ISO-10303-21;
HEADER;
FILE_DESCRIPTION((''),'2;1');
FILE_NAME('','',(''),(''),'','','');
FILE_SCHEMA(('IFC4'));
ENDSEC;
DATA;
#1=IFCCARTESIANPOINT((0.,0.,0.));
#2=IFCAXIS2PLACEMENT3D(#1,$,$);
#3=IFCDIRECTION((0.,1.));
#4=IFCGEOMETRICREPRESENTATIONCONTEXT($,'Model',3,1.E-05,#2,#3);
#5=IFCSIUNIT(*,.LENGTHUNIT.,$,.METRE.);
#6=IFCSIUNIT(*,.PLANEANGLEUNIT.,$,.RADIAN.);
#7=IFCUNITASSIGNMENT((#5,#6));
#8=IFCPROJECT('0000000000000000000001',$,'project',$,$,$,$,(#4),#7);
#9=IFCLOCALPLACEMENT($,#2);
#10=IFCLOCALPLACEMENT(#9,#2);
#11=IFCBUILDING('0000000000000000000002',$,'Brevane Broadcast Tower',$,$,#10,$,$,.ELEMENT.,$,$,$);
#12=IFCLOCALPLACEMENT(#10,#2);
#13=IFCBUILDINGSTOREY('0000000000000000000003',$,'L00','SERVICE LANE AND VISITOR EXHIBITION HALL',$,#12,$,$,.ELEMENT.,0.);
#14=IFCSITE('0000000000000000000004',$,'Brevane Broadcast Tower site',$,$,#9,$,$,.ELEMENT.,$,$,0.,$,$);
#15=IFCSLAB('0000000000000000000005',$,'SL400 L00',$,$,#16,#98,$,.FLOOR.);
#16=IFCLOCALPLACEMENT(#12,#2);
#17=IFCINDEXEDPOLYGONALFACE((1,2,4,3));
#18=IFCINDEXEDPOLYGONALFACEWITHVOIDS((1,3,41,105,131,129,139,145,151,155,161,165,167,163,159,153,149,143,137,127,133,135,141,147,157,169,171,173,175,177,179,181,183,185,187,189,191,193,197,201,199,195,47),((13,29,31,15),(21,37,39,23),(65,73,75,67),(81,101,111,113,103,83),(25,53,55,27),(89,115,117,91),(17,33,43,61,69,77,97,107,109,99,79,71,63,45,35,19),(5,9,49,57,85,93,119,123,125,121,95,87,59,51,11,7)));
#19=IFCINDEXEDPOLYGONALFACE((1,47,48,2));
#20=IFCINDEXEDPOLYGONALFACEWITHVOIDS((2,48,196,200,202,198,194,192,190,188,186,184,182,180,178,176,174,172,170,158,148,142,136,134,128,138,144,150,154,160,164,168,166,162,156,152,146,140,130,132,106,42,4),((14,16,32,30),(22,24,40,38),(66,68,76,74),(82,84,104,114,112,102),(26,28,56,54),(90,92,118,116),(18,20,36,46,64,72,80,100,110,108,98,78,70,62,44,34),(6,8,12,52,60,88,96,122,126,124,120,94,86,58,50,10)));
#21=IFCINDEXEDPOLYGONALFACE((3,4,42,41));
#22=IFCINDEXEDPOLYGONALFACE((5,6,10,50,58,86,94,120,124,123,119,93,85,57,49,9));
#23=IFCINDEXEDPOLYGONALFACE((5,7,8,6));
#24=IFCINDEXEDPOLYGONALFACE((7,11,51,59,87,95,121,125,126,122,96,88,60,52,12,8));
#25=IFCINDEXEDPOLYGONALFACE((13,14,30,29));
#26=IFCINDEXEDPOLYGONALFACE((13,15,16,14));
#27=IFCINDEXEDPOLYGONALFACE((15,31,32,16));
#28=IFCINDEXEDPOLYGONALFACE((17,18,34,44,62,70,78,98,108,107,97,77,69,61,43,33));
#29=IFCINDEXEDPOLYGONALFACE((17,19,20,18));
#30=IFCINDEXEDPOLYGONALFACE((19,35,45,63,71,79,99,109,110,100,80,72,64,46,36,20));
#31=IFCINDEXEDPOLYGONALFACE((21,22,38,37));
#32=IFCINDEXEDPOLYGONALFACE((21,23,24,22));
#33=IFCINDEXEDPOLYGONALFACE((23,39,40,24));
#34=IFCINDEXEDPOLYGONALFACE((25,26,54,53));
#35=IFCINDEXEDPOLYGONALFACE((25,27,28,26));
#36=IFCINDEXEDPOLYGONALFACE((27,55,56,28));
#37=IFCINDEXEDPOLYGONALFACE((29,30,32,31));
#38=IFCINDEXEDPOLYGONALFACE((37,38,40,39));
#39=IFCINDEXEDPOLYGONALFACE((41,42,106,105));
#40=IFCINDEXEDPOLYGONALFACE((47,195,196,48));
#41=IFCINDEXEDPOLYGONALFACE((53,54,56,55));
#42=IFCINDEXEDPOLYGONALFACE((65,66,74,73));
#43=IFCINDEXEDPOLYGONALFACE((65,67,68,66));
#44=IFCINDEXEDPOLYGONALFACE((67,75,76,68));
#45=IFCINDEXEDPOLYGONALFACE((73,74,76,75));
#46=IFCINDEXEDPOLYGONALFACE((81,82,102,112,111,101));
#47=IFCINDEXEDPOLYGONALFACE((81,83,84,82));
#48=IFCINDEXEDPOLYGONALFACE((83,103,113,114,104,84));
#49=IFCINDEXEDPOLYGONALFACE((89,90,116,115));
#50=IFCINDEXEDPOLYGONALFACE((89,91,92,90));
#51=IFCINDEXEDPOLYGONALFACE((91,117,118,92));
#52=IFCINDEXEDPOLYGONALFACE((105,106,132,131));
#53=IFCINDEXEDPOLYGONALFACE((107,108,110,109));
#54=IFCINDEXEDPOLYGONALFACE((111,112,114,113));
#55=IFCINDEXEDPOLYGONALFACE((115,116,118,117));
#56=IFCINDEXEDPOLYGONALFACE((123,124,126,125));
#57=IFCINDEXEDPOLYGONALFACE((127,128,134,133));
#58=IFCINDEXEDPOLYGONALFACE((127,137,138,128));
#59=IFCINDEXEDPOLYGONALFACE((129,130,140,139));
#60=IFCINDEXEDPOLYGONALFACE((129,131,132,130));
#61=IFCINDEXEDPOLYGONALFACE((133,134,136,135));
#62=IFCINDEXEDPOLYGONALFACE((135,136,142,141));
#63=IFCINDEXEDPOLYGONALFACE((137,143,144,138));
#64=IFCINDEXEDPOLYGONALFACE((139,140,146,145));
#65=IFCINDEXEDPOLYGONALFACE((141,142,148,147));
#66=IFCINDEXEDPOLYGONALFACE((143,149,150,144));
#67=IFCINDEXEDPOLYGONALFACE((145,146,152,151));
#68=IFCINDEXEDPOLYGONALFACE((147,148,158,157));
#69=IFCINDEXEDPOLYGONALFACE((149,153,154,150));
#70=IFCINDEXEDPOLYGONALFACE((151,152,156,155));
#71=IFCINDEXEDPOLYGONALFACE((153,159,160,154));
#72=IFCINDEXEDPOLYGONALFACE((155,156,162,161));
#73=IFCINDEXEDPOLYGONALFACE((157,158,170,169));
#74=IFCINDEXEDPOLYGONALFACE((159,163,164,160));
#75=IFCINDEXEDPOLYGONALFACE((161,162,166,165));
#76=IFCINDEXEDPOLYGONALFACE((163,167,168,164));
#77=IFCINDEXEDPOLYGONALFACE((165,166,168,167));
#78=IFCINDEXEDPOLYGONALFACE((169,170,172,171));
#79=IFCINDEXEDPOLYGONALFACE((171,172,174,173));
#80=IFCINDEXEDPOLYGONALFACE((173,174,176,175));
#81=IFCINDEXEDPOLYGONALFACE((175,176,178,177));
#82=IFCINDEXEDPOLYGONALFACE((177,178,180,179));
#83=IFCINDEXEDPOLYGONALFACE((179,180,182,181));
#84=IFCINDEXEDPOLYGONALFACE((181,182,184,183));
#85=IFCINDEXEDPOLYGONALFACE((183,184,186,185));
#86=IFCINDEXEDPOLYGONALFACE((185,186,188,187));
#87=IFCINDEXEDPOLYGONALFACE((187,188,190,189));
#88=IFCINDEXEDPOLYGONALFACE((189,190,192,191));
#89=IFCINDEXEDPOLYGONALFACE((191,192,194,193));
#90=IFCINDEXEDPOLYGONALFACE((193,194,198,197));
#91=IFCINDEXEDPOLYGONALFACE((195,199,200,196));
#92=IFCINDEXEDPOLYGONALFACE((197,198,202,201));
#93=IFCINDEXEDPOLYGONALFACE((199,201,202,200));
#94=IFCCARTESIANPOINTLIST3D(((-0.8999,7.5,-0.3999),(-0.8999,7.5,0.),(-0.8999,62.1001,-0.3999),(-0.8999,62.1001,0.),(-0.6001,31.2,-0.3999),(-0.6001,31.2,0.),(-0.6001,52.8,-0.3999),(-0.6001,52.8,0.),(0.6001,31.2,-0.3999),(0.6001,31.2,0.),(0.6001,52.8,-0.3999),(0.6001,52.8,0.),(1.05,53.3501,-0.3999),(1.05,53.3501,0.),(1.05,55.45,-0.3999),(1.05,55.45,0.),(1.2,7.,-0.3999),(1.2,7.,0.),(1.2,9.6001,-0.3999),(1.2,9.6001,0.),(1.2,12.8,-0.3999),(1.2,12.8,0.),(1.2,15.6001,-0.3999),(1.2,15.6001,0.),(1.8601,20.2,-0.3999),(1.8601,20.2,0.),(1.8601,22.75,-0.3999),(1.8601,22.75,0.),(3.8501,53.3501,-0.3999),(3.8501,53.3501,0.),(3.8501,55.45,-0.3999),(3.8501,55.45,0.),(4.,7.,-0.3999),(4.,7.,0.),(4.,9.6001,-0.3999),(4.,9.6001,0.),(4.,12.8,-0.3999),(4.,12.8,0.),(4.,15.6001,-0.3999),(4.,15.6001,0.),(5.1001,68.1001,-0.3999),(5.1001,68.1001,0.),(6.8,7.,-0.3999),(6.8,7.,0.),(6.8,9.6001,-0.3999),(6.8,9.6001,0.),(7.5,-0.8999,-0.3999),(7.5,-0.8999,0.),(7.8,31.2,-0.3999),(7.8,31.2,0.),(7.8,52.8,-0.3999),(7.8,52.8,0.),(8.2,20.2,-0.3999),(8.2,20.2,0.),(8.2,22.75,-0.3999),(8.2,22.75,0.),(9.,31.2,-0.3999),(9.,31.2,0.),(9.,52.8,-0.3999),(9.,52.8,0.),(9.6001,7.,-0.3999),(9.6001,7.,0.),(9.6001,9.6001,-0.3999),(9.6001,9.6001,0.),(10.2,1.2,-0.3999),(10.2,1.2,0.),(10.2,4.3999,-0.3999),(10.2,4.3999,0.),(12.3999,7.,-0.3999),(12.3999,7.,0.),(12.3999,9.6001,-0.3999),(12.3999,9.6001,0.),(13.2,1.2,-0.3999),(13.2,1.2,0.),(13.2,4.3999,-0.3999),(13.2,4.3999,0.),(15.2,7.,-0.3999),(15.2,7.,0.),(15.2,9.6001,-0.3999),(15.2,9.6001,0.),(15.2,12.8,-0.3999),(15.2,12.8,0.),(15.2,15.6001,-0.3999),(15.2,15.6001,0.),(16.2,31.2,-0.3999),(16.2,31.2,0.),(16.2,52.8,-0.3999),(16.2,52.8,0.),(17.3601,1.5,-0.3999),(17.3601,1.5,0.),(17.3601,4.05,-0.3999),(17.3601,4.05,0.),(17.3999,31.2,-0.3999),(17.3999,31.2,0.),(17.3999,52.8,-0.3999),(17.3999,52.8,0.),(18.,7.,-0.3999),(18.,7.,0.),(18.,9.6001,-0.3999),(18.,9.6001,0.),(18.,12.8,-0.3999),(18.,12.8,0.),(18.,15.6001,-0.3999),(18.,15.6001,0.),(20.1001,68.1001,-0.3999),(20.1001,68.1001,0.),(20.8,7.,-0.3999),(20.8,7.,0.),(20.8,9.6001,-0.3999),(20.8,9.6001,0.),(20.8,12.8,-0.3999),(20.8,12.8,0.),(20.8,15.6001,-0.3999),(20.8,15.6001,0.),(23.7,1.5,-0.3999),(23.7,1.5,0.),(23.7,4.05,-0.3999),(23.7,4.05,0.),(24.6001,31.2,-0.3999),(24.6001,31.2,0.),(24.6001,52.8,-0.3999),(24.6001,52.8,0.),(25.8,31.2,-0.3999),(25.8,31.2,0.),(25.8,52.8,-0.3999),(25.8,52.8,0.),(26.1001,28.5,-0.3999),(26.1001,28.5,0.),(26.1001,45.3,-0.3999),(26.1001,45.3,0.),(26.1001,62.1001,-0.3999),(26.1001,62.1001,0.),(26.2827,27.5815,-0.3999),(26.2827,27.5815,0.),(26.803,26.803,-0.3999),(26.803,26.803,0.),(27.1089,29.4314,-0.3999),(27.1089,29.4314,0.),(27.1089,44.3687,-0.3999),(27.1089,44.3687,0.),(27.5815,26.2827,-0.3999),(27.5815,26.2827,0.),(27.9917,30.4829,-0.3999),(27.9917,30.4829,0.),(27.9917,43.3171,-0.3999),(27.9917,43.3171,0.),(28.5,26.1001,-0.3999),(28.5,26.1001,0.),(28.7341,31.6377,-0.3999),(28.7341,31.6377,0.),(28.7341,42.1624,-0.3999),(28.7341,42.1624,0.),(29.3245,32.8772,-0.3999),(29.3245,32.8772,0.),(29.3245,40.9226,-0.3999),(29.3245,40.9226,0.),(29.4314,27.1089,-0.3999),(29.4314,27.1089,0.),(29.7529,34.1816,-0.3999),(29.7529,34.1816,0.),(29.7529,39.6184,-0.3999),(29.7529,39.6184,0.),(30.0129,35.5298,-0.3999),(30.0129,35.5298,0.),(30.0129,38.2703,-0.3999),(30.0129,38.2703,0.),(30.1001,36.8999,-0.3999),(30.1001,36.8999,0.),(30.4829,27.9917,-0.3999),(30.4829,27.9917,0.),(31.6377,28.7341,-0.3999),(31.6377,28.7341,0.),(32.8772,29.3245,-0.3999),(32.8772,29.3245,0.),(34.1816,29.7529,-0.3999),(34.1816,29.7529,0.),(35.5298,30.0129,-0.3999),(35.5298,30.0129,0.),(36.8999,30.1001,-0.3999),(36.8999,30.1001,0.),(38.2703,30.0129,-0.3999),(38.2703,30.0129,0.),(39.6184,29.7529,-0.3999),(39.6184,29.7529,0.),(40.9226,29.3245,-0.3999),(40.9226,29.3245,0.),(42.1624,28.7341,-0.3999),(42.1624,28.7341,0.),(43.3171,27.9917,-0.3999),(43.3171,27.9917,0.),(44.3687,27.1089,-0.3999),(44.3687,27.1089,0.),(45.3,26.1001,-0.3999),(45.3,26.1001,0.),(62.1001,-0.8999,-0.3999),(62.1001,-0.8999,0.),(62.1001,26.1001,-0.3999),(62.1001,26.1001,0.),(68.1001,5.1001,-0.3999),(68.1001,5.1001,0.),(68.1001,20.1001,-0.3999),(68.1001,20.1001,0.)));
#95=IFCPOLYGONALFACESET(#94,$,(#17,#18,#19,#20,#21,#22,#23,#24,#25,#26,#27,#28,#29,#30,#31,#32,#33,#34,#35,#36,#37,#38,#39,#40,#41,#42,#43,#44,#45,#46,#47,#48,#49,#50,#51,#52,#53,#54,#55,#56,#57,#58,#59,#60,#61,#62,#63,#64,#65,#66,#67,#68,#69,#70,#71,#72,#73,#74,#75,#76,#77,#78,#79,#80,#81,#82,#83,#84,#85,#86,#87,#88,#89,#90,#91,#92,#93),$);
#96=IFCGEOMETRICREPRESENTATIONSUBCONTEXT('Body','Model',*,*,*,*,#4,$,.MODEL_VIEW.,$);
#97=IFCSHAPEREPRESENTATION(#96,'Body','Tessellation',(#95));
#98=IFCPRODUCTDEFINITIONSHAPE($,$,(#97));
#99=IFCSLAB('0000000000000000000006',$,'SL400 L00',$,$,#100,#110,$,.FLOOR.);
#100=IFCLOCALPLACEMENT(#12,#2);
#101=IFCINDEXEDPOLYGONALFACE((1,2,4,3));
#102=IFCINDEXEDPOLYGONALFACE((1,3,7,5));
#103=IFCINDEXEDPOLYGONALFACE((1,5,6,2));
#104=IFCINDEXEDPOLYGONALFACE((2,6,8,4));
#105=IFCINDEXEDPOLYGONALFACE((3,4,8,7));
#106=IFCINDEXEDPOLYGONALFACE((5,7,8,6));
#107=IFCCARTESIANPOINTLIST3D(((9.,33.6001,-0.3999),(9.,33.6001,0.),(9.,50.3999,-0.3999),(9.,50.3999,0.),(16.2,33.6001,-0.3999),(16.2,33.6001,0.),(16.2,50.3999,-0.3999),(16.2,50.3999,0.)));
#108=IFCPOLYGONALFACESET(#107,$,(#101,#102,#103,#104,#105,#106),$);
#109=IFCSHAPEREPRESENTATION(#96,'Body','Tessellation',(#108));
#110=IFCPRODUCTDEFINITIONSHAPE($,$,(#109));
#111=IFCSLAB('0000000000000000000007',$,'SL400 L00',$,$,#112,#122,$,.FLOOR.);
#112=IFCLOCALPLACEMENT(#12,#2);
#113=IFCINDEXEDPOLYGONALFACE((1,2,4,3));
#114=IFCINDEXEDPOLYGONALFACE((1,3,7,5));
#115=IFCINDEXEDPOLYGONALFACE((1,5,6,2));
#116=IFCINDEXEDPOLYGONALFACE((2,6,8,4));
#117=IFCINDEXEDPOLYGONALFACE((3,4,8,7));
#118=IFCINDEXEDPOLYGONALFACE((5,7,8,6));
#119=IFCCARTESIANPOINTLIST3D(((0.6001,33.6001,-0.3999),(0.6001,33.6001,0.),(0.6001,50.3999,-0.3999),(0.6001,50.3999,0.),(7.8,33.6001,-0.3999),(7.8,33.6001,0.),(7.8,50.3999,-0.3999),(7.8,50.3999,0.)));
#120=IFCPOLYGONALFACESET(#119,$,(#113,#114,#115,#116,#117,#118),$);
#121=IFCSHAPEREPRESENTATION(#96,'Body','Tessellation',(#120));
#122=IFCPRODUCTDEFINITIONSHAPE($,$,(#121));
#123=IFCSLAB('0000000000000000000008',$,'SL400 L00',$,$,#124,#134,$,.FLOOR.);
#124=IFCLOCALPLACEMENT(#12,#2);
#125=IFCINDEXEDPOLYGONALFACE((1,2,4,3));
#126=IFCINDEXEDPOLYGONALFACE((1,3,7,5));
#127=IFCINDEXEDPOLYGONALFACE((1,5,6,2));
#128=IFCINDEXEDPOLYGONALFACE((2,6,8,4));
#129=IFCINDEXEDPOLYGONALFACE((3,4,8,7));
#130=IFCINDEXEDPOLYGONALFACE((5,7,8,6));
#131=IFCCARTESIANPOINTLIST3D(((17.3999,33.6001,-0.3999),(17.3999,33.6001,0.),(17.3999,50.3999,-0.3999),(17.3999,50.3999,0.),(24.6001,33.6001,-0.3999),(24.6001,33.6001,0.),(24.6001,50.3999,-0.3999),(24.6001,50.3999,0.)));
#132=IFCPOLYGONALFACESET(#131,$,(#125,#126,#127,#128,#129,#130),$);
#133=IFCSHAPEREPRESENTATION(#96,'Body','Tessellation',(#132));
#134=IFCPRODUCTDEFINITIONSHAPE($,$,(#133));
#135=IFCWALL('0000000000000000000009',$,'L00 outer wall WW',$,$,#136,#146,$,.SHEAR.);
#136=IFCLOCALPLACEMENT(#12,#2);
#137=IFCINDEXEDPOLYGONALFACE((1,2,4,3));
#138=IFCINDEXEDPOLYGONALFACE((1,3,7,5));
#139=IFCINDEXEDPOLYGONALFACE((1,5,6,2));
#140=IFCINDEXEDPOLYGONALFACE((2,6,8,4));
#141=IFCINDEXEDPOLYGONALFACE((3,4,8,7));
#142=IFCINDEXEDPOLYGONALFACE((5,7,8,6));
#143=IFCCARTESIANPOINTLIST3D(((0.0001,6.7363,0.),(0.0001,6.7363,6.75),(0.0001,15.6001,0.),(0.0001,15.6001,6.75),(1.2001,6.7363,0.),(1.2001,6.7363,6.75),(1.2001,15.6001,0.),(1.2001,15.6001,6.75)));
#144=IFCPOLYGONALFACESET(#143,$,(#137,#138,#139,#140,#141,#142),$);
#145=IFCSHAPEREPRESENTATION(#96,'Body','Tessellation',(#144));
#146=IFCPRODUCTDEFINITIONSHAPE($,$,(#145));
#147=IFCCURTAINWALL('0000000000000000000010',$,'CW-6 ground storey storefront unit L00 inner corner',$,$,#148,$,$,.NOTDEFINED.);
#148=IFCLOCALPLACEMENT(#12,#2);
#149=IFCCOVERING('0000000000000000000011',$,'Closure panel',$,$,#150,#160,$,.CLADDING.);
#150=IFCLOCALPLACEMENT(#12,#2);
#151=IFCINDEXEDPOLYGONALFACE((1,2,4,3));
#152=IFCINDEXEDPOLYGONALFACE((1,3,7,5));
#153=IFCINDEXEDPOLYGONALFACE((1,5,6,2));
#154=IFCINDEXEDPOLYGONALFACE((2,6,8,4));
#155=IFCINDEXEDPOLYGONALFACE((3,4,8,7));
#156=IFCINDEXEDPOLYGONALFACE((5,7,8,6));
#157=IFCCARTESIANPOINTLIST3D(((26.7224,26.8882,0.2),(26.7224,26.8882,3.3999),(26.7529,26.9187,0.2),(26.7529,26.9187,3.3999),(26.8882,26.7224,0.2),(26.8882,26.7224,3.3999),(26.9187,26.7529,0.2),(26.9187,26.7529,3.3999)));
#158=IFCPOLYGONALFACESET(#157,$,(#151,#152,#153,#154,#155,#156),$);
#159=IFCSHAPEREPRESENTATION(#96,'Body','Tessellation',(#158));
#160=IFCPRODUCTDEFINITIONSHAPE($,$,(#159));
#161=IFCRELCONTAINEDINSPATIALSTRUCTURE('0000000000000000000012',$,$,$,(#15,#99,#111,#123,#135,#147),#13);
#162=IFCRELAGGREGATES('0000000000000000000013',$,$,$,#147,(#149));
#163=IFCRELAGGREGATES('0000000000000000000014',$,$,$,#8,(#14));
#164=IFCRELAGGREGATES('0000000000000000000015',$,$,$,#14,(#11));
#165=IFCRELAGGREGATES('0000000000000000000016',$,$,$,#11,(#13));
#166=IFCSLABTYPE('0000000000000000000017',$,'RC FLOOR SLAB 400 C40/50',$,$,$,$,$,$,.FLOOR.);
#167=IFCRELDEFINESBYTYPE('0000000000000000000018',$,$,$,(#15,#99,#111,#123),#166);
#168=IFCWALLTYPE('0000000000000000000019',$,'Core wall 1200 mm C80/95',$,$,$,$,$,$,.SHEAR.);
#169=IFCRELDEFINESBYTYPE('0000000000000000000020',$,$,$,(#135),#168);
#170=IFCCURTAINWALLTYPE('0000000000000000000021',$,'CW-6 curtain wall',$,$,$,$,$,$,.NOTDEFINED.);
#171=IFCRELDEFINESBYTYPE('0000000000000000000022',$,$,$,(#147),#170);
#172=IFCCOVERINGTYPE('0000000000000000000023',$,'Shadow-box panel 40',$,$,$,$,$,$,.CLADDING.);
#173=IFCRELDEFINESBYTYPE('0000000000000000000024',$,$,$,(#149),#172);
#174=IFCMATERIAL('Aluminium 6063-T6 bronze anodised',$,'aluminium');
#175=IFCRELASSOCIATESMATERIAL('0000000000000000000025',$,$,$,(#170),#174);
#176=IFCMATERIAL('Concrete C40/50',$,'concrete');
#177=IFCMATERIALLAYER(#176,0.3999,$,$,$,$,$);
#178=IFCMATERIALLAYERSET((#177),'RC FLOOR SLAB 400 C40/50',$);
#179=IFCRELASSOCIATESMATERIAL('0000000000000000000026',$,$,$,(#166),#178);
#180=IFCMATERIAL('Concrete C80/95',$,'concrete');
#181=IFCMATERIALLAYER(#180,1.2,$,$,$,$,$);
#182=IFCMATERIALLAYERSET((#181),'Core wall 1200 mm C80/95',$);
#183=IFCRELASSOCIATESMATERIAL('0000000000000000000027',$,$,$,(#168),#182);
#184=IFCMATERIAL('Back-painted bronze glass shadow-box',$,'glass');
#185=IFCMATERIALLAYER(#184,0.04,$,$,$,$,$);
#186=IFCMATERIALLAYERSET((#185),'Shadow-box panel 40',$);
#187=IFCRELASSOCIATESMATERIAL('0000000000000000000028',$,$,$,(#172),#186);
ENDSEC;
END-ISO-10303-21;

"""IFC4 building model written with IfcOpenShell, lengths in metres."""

from ifc_helpers import new_model, si_unit, direction, frame, frame_2d, origin, place, context, subcontext, project, spatial, polyline, rectangle, outline, extrude, material, layer, layer_set, type_object, element, aggregate, save


model = new_model("IFC4")

# Units and contexts
model_context = context("Model", 3, precision=1e-05, world=origin(), true_north=direction((0.0, 1.0)))
body_context = subcontext(model_context, "Body", "Model", "MODEL_VIEW")
ifc_project = project(units=[si_unit("LENGTHUNIT", "METRE"), si_unit("PLANEANGLEUNIT", "RADIAN")], contexts=[model_context])

# Site, building, storey
site_placement = place(None, origin())
site = spatial("IfcSite", under=ifc_project, at=site_placement, Name="Brevane Broadcast Tower site", CompositionType="ELEMENT", RefElevation=0.0)
building_placement = place(site_placement, origin())
building = spatial("IfcBuilding", under=site, at=building_placement, Name="Brevane Broadcast Tower", CompositionType="ELEMENT")
storey_placement = place(building_placement, origin())
storey = spatial("IfcBuildingStorey", under=building, at=storey_placement, Name="L00", Description="SERVICE LANE AND VISITOR EXHIBITION HALL", CompositionType="ELEMENT", Elevation=0.0)

# Shared definitions
ifc_material_1 = material(Name="Aluminium 6063-T6 bronze anodised", Category="aluminium")
curtain_wall_type = type_object("IfcCurtainWallType", Name="CW-6 curtain wall", PredefinedType="NOTDEFINED", material=ifc_material_1)

# Slabs
ifc_material_2 = material(Name="Concrete C40/50", Category="concrete")
ifc_layer_1 = layer(ifc_material_2, 0.3999)
ifc_layer_set_1 = layer_set([ifc_layer_1], Name="RC FLOOR SLAB 400 C40/50")
slab_type_1 = type_object("IfcSlabType", Name="RC FLOOR SLAB 400 C40/50", PredefinedType="FLOOR", material=ifc_layer_set_1)
slab_1_placement = place(storey_placement, frame((0.0, 0.0, -0.3999)))
element("IfcSlab", 1, at=slab_1_placement, inside=storey, type_object=slab_type_1, Name="SL400 L00", PredefinedType="FLOOR", context=body_context, shape_type="SweptSolid", body=[
    extrude(outline(polyline([(-0.8999, 7.5), (-0.8999, 62.1001), (5.1001, 68.1001), (20.1001, 68.1001), (26.1001, 62.1001), (26.1001, 45.3), (27.1089, 44.3687), (27.9917, 43.3171), (28.7341, 42.1624), (29.3245, 40.9226), (29.7529, 39.6184), (30.0129, 38.2703), (30.1001, 36.8999), (30.0129, 35.5298), (29.7529, 34.1816), (29.3245, 32.8772), (28.7341, 31.6377), (27.9917, 30.4829), (27.1089, 29.4314), (26.1001, 28.5), (26.2827, 27.5815), (26.803, 26.803), (27.5815, 26.2827), (28.5, 26.1001), (29.4314, 27.1089), (30.4829, 27.9917), (31.6377, 28.7341), (32.8772, 29.3245), (34.1816, 29.7529), (35.5298, 30.0129), (36.8999, 30.1001), (38.2703, 30.0129), (39.6184, 29.7529), (40.9226, 29.3245), (42.1624, 28.7341), (43.3171, 27.9917), (44.3687, 27.1089), (45.3, 26.1001), (62.1001, 26.1001), (68.1001, 20.1001), (68.1001, 5.1001), (62.1001, -0.8999), (7.5, -0.8999), (-0.8999, 7.5)]), holes=[polyline([(13.2, 1.2), (13.2, 4.3999), (10.2, 4.3999), (10.2, 1.2), (13.2, 1.2)]), polyline([(6.8, 9.6001), (4.0, 9.6001), (1.2, 9.6001), (1.2, 7.0), (4.0, 7.0), (6.8, 7.0), (9.6001, 7.0), (12.3999, 7.0), (15.2, 7.0), (18.0, 7.0), (20.8, 7.0), (20.8, 9.6001), (18.0, 9.6001), (15.2, 9.6001), (12.3999, 9.6001), (9.6001, 9.6001), (6.8, 9.6001)]), polyline([(1.2, 12.8), (4.0, 12.8), (4.0, 15.6001), (1.2, 15.6001), (1.2, 12.8)]), polyline([(8.2, 22.75), (1.8601, 22.75), (1.8601, 20.2), (8.2, 20.2), (8.2, 22.75)]), polyline([(-0.6001, 31.2), (0.6001, 31.2), (7.8, 31.2), (9.0, 31.2), (16.2, 31.2), (17.3999, 31.2), (24.6001, 31.2), (25.8, 31.2), (25.8, 52.8), (24.6001, 52.8), (17.3999, 52.8), (16.2, 52.8), (9.0, 52.8), (7.8, 52.8), (0.6001, 52.8), (-0.6001, 52.8), (-0.6001, 31.2)]), polyline([(1.05, 53.3501), (3.8501, 53.3501), (3.8501, 55.45), (1.05, 55.45), (1.05, 53.3501)]), polyline([(23.7, 4.05), (17.3601, 4.05), (17.3601, 1.5), (23.7, 1.5), (23.7, 4.05)]), polyline([(20.8, 15.6001), (18.0, 15.6001), (15.2, 15.6001), (15.2, 12.8), (18.0, 12.8), (20.8, 12.8), (20.8, 15.6001)])]), origin(), (0.0, 0.0, 1.0), 0.3999),
])
slab_2_placement = place(storey_placement, frame((0.0, 0.0, -0.3999)))
element("IfcSlab", 2, at=slab_2_placement, inside=storey, type_object=slab_type_1, Name="SL400 L00", PredefinedType="FLOOR", context=body_context, shape_type="SweptSolid", body=[
    extrude(outline(polyline([(9.0, 50.3999), (16.2, 50.3999), (16.2, 33.6001), (9.0, 33.6001), (9.0, 50.3999)])), origin(), (0.0, 0.0, 1.0), 0.3999),
])
slab_3_placement = place(storey_placement, frame((0.0, 0.0, -0.3999)))
element("IfcSlab", 3, at=slab_3_placement, inside=storey, type_object=slab_type_1, Name="SL400 L00", PredefinedType="FLOOR", context=body_context, shape_type="SweptSolid", body=[
    extrude(outline(polyline([(7.8, 33.6001), (0.6001, 33.6001), (0.6001, 50.3999), (7.8, 50.3999), (7.8, 33.6001)])), origin(), (0.0, 0.0, 1.0), 0.3999),
])
slab_4_placement = place(storey_placement, frame((0.0, 0.0, -0.3999)))
element("IfcSlab", 4, at=slab_4_placement, inside=storey, type_object=slab_type_1, Name="SL400 L00", PredefinedType="FLOOR", context=body_context, shape_type="SweptSolid", body=[
    extrude(outline(polyline([(24.6001, 33.6001), (17.3999, 33.6001), (17.3999, 50.3999), (24.6001, 50.3999), (24.6001, 33.6001)])), origin(), (0.0, 0.0, 1.0), 0.3999),
])

# Wall
ifc_material_3 = material(Name="Concrete C80/95", Category="concrete")
ifc_layer_2 = layer(ifc_material_3, 1.2)
ifc_layer_set_2 = layer_set([ifc_layer_2], Name="Core wall 1200 mm C80/95")
wall_type = type_object("IfcWallType", Name="Core wall 1200 mm C80/95", PredefinedType="SHEAR", material=ifc_layer_set_2)
wall_placement = place(storey_placement, frame((0.6001, 6.7363, 0.0), z_axis=(0.0, 0.0, 1.0), x_axis=(0.0, 1.0, 0.0)))
element("IfcWall", 5, at=wall_placement, inside=storey, type_object=wall_type, Name="L00 outer wall WW", PredefinedType="SHEAR", context=body_context, shape_type="SweptSolid", body=[
    extrude(rectangle(XDim=8.8638, YDim=1.2, at=frame_2d((4.4319, 0.0))), origin(), (0.0, 0.0, 1.0), 6.75),
])

# Curtain wall, covering
curtain_wall_1_placement = place(storey_placement, origin())
curtain_wall_1 = element("IfcCurtainWall", 6, at=curtain_wall_1_placement, inside=storey, type_object=curtain_wall_type, Name="CW-6 ground storey storefront unit L00 inner corner", PredefinedType="NOTDEFINED")
ifc_material_4 = material(Name="Back-painted bronze glass shadow-box", Category="glass")
ifc_layer_3 = layer(ifc_material_4, 0.04)
ifc_layer_set_3 = layer_set([ifc_layer_3], Name="Shadow-box panel 40")
covering_type = type_object("IfcCoveringType", Name="Shadow-box panel 40", PredefinedType="CLADDING", material=ifc_layer_set_3)
covering_1_placement = place(storey_placement, frame((0.0, 0.0, 0.2)))
covering_1 = element("IfcCovering", 7, at=covering_1_placement, type_object=covering_type, Name="Closure panel", PredefinedType="CLADDING", context=body_context, shape_type="SweptSolid", body=[
    extrude(outline(polyline([(26.8882, 26.7224), (26.9187, 26.7529), (26.7529, 26.9187), (26.7224, 26.8882), (26.8882, 26.7224)])), origin(), (0.0, 0.0, 1.0), 3.2),
])
aggregate(curtain_wall_1, [covering_1])

save(model, "model.ifc")
